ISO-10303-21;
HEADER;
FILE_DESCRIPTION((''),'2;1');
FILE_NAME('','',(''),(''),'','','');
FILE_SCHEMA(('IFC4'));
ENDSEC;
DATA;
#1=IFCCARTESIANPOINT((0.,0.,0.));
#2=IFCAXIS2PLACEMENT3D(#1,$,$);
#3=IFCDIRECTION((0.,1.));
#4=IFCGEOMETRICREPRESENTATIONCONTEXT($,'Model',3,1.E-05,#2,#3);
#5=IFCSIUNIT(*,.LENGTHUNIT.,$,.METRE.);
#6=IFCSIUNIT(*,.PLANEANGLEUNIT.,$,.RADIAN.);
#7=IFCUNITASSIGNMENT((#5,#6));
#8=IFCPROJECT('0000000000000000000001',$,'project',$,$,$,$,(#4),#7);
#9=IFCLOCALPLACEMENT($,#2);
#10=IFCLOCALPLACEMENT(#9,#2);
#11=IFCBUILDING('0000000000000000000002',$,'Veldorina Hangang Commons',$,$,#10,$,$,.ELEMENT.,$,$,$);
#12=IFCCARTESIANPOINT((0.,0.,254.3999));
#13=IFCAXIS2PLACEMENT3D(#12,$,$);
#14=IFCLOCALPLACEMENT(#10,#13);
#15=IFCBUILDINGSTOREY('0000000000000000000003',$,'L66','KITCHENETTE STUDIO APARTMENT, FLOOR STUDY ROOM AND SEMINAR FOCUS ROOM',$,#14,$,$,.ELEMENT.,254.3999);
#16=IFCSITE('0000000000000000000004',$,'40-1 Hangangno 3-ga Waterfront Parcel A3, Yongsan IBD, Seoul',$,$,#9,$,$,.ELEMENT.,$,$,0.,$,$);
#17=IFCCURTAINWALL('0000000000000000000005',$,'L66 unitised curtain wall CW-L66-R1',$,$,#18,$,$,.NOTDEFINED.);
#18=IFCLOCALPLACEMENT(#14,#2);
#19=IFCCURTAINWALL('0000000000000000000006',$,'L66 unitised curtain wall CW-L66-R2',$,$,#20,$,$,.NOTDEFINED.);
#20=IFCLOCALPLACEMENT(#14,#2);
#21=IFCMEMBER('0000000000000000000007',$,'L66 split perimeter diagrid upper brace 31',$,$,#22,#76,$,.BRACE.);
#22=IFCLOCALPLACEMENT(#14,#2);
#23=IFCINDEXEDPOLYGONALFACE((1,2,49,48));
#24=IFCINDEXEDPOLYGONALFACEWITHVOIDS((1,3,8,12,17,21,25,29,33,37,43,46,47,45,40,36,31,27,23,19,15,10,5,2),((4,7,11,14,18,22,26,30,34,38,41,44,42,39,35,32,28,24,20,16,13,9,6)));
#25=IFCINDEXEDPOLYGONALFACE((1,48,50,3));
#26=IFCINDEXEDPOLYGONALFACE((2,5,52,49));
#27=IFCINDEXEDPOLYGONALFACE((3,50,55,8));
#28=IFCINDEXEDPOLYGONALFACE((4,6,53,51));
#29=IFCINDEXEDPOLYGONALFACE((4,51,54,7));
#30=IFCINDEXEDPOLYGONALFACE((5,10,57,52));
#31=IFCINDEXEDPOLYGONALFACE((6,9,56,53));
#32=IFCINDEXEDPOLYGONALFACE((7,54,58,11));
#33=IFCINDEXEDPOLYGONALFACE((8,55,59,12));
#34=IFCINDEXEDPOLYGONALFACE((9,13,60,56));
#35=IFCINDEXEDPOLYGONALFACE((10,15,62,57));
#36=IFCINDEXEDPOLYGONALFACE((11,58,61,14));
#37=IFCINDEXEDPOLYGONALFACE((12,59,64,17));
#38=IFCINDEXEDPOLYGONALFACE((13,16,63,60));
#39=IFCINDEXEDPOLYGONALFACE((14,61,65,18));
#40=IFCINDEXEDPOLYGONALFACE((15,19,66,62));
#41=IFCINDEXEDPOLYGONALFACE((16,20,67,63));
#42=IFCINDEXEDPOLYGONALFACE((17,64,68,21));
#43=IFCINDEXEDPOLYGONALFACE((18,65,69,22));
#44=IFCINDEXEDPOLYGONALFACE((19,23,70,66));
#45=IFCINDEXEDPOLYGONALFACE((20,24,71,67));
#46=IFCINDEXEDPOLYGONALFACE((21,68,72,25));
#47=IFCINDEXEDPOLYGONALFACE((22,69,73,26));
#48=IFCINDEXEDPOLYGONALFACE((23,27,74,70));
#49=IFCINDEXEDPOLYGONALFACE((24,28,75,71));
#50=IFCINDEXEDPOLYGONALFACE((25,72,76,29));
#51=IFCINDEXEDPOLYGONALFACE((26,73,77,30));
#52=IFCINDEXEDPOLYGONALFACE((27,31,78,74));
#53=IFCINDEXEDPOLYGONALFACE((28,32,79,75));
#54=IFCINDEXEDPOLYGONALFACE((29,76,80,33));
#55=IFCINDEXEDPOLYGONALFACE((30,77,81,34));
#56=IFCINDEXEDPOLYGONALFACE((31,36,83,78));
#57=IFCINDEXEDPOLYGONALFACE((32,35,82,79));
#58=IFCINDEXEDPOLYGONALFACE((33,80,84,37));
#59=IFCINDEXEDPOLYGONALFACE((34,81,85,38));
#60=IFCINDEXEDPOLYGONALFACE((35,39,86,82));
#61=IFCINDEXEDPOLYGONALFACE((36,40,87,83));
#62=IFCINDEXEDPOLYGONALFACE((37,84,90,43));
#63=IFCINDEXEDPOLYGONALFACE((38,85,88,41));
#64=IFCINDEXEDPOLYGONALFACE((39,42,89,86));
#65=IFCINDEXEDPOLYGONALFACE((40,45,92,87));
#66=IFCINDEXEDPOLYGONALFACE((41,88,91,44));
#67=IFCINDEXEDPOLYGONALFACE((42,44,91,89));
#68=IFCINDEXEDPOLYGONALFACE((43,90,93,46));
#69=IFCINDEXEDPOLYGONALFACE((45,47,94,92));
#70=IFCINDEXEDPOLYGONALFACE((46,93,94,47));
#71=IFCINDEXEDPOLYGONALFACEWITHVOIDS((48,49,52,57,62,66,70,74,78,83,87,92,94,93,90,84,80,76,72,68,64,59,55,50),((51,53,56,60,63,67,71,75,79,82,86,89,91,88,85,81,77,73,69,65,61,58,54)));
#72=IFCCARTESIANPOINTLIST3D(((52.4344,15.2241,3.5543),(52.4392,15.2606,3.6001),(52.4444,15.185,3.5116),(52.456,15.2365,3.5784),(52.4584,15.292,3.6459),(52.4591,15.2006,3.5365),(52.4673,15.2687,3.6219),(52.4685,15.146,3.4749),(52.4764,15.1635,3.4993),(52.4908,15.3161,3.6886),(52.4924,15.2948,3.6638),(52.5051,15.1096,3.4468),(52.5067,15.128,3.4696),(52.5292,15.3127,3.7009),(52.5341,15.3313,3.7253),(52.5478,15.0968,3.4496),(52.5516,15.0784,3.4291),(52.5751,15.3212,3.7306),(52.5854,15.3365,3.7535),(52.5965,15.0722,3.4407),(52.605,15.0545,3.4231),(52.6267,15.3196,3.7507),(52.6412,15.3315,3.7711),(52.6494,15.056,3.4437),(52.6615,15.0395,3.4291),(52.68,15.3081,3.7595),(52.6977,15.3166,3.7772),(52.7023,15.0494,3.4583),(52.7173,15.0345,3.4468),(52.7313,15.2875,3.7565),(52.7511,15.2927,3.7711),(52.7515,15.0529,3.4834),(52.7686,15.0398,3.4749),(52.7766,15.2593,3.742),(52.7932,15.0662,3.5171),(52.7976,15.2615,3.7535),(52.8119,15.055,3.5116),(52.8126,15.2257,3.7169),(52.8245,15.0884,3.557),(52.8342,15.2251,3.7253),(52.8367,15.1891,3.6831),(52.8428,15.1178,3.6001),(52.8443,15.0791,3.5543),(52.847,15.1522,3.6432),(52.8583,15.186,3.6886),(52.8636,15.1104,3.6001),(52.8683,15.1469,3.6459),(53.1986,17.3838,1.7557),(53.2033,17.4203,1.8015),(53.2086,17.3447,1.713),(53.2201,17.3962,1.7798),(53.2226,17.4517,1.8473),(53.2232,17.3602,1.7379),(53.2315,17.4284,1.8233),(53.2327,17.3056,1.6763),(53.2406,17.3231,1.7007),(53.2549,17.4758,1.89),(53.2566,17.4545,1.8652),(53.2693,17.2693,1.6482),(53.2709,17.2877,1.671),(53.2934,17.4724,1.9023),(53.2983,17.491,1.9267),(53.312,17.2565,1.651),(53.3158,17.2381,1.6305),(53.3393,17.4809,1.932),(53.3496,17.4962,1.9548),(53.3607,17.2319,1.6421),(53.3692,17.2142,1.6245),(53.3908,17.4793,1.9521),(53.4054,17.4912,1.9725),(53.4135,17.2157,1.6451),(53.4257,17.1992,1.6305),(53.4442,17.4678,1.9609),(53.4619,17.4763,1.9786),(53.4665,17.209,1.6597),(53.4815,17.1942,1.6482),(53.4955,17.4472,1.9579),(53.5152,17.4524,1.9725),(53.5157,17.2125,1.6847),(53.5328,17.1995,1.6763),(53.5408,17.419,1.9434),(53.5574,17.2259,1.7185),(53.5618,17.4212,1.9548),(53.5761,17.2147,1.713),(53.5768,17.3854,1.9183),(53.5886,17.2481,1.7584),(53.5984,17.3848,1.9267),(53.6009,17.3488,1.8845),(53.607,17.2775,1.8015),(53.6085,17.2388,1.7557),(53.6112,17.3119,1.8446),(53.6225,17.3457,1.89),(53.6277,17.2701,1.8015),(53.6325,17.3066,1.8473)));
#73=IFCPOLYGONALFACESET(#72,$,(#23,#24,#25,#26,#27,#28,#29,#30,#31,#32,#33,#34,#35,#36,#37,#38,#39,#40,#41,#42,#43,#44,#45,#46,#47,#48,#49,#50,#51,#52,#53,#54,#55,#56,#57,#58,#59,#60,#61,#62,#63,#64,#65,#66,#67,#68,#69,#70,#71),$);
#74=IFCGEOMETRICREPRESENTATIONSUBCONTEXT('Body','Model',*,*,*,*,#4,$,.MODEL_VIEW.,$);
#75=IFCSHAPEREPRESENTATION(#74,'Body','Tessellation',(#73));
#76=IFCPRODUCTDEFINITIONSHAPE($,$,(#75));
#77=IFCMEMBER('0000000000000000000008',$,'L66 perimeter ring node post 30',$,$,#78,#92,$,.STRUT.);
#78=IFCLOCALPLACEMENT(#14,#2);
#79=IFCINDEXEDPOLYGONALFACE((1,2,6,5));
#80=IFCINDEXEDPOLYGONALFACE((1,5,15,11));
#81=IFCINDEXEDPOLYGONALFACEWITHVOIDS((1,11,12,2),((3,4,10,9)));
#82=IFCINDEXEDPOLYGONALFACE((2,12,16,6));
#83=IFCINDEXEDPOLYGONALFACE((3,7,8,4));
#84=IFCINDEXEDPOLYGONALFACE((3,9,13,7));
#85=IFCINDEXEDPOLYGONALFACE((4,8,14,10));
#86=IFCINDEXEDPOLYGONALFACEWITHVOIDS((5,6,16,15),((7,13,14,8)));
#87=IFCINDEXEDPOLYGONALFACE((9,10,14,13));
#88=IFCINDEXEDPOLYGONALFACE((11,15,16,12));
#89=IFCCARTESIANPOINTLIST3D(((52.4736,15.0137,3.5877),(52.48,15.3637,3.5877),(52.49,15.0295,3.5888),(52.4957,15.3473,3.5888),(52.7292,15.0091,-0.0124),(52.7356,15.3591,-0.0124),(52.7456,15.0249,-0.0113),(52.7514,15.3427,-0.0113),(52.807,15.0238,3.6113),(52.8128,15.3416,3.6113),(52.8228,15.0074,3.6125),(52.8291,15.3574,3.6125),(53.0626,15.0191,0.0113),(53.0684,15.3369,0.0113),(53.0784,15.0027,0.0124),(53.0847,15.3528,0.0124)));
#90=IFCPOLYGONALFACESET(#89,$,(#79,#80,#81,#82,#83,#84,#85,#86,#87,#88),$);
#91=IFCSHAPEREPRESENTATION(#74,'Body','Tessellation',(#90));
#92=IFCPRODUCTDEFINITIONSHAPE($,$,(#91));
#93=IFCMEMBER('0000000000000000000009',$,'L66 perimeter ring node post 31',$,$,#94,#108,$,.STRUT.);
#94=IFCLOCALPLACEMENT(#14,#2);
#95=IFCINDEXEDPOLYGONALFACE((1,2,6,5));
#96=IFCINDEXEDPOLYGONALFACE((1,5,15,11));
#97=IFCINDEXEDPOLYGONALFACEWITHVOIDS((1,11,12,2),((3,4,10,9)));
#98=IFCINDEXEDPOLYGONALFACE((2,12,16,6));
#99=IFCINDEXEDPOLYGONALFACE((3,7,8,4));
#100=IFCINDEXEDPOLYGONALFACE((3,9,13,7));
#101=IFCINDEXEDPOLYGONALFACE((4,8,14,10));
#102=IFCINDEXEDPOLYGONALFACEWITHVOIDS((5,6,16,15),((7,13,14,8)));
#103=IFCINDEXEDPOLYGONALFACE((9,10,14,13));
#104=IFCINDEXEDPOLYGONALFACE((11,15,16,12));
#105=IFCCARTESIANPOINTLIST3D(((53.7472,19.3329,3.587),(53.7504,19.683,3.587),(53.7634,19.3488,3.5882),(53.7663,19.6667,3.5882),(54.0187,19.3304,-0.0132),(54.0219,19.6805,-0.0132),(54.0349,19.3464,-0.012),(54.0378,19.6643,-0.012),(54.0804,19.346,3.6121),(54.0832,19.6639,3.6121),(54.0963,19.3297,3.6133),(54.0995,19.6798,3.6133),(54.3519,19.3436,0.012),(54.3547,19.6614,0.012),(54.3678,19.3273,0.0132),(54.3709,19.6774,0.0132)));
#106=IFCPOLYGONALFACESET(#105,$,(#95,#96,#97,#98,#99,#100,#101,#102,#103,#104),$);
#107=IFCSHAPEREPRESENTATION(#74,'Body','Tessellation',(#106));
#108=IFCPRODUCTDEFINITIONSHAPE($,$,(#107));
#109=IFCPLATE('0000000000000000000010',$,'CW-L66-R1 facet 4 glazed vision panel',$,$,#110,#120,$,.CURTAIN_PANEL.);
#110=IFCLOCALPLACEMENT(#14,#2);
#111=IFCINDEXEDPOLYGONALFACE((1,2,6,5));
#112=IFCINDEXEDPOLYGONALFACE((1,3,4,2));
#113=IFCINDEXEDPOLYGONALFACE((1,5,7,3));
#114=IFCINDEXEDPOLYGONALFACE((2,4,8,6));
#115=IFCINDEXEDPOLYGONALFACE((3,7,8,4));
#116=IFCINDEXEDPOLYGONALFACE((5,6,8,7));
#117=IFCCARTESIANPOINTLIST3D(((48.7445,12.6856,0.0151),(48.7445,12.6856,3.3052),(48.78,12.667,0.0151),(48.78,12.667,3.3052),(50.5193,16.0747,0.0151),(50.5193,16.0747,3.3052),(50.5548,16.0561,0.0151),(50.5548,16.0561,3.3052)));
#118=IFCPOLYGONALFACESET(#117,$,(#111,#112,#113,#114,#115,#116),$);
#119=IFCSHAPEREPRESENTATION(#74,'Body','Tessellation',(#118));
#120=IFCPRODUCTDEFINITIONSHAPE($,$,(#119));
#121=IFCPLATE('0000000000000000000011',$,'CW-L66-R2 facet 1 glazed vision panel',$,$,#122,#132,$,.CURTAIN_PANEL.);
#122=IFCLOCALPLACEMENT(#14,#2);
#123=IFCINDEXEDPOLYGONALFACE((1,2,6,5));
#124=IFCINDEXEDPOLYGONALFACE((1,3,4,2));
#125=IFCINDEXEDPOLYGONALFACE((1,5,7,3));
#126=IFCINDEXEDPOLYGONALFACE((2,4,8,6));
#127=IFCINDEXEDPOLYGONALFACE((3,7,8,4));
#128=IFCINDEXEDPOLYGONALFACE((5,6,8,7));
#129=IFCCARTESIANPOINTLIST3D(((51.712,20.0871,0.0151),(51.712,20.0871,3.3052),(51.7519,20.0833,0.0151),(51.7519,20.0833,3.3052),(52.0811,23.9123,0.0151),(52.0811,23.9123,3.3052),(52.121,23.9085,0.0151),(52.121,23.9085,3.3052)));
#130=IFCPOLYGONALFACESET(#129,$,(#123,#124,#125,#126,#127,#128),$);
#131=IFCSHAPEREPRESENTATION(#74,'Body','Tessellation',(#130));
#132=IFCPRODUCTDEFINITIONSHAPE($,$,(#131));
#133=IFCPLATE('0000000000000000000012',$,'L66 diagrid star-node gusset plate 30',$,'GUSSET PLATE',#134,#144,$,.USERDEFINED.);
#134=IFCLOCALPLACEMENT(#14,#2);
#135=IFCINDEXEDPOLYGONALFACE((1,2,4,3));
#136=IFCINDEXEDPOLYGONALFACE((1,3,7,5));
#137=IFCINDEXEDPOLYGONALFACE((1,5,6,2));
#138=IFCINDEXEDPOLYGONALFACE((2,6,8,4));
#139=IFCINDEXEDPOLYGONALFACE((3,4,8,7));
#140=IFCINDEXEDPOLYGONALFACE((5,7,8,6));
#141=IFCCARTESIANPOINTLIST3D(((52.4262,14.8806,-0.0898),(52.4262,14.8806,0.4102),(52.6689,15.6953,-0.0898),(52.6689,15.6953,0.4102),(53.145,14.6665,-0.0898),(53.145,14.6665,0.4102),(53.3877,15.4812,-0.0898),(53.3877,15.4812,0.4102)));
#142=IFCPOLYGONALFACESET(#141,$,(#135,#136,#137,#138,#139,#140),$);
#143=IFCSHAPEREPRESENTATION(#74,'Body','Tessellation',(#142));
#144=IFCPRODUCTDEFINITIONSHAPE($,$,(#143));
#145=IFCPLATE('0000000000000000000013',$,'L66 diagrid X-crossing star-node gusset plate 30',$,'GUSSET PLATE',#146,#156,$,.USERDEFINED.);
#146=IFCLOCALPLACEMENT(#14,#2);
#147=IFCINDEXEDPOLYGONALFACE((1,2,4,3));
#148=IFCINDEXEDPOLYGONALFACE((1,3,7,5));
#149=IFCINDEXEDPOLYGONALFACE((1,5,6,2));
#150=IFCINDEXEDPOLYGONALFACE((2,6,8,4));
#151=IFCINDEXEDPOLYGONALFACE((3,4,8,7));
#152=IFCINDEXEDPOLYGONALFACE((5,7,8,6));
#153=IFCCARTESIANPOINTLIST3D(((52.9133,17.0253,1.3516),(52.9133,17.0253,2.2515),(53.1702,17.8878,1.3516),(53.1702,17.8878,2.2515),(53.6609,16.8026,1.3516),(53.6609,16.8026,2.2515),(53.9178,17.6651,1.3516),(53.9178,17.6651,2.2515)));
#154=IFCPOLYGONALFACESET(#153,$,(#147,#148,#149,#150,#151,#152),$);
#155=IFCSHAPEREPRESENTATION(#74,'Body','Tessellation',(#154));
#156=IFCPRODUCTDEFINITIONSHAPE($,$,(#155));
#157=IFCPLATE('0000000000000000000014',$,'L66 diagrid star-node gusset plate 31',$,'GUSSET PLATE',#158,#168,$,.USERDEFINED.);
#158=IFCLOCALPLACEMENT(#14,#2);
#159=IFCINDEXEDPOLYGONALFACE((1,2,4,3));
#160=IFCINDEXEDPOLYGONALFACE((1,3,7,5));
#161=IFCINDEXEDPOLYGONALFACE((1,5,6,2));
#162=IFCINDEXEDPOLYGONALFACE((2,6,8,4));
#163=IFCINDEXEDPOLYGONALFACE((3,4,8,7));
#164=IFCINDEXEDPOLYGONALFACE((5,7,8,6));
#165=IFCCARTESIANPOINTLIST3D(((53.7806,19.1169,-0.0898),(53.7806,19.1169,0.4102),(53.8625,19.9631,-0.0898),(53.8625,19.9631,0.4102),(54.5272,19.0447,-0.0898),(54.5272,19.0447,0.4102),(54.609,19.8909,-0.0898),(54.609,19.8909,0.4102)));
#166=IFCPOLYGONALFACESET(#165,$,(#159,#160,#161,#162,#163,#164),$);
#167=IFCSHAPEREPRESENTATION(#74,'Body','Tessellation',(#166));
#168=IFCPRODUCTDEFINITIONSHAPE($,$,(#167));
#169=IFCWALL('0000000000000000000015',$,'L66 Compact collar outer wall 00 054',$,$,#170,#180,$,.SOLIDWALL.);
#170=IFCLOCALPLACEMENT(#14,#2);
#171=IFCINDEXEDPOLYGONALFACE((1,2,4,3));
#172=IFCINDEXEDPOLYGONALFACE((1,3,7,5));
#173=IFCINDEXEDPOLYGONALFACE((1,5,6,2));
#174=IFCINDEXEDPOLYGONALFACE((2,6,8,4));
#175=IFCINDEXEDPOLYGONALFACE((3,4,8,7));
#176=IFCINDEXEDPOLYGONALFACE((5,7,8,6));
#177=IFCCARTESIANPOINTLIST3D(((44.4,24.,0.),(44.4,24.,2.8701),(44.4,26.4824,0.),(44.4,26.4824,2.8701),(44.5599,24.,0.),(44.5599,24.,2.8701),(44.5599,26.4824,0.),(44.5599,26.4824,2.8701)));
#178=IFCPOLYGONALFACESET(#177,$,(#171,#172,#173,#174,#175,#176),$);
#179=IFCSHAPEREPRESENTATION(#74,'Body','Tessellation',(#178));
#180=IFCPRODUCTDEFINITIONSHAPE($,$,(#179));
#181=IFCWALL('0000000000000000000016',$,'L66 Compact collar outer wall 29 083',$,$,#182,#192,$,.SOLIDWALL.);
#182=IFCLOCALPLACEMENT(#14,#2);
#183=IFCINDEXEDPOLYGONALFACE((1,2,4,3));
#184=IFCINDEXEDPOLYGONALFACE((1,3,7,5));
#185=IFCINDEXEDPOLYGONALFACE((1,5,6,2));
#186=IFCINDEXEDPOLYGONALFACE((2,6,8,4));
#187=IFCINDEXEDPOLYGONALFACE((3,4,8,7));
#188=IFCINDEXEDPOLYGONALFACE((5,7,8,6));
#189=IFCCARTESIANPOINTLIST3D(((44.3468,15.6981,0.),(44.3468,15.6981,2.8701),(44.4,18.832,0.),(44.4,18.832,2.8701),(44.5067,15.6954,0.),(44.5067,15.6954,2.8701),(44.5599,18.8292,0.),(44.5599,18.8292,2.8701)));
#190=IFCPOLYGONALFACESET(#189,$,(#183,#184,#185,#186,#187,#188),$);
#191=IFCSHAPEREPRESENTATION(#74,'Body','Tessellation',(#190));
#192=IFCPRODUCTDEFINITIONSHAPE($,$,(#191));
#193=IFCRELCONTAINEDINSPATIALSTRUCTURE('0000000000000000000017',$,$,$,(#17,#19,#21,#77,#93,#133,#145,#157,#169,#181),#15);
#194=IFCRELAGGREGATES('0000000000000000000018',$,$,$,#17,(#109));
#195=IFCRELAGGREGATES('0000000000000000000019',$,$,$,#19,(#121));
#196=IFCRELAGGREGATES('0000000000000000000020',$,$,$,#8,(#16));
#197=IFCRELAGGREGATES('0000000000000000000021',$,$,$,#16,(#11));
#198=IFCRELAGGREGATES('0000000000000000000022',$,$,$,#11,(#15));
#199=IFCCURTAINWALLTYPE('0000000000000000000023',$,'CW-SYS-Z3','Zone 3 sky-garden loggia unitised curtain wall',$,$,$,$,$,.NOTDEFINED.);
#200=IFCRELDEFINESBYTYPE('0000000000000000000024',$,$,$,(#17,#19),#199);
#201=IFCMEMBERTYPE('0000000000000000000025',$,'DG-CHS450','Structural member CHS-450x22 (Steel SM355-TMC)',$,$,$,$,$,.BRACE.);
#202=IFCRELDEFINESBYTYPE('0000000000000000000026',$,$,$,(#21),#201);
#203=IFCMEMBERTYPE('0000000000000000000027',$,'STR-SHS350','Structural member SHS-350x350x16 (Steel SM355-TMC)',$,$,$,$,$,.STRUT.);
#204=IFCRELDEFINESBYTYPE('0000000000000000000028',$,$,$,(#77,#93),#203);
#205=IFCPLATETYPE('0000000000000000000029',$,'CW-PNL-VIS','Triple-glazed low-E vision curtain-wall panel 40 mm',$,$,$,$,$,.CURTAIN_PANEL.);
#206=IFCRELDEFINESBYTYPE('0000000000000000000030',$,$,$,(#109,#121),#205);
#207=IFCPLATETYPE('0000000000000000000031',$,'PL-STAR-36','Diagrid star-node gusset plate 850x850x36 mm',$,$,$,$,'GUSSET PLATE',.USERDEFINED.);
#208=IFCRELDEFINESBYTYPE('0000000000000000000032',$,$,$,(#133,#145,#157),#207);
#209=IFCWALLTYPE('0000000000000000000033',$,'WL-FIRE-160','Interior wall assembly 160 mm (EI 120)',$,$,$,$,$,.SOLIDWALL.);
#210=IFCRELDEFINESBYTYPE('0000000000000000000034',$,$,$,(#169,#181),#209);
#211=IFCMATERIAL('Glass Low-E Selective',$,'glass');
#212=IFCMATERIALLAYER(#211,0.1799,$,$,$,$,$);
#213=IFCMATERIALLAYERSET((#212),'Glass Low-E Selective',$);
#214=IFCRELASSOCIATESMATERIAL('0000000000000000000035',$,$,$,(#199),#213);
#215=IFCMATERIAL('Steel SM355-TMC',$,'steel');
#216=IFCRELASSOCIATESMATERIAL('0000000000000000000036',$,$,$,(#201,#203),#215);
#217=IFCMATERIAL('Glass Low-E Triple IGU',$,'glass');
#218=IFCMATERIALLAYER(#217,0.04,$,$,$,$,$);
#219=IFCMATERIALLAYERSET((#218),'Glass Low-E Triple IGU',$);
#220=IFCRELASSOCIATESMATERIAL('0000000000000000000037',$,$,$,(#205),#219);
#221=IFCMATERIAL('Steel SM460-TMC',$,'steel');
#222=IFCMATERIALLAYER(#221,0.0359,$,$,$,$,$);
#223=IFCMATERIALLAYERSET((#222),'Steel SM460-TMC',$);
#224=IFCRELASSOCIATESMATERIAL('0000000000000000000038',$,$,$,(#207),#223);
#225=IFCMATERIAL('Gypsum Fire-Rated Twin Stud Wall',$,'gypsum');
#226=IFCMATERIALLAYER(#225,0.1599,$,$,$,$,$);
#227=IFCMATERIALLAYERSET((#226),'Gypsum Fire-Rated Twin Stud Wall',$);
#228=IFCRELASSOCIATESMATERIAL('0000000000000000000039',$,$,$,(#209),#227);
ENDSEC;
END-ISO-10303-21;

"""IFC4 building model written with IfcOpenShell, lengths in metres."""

from ifc_helpers import new_model, si_unit, direction, frame, frame_2d, origin, origin_2d, place, context, subcontext, project, spatial, rectangle, hollow_rectangle, hollow_circle, extrude, material, layer, layer_set, material_profile, profile_set, type_object, element, aggregate, save


model = new_model("IFC4")

# Units and contexts
model_context = context("Model", 3, precision=1e-05, world=origin(), true_north=direction((0.0, 1.0)))
body_context = subcontext(model_context, "Body", "Model", "MODEL_VIEW")
ifc_project = project(units=[si_unit("LENGTHUNIT", "METRE"), si_unit("PLANEANGLEUNIT", "RADIAN")], contexts=[model_context])

# Site, building, storey
site_placement = place(None, origin())
site = spatial("IfcSite", under=ifc_project, at=site_placement, Name="40-1 Hangangno 3-ga Waterfront Parcel A3, Yongsan IBD, Seoul", CompositionType="ELEMENT", RefElevation=0.0)
building_placement = place(site_placement, origin())
building = spatial("IfcBuilding", under=site, at=building_placement, Name="Veldorina Hangang Commons", CompositionType="ELEMENT")
storey_placement = place(building_placement, frame((0.0, 0.0, 254.3999)))
storey = spatial("IfcBuildingStorey", under=building, at=storey_placement, Name="L66", Description="KITCHENETTE STUDIO APARTMENT, FLOOR STUDY ROOM AND SEMINAR FOCUS ROOM", CompositionType="ELEMENT", Elevation=254.3999)

# Shared definitions
ifc_material_1 = material(Name="Steel SM355-TMC", Category="steel")

# Curtain wall
ifc_material_2 = material(Name="Glass Low-E Selective", Category="glass")
ifc_layer_1 = layer(ifc_material_2, 0.1799)
ifc_layer_set_1 = layer_set([ifc_layer_1], Name="Glass Low-E Selective")
curtain_wall_type = type_object("IfcCurtainWallType", Name="CW-SYS-Z3", Description="Zone 3 sky-garden loggia unitised curtain wall", PredefinedType="NOTDEFINED", material=ifc_layer_set_1)
curtain_wall_1_placement = place(storey_placement, origin())
curtain_wall_1 = element("IfcCurtainWall", 1, at=curtain_wall_1_placement, inside=storey, type_object=curtain_wall_type, Name="L66 unitised curtain wall CW-L66-R1", PredefinedType="NOTDEFINED")

# Curtain wall
curtain_wall_2_placement = place(storey_placement, origin())
curtain_wall_2 = element("IfcCurtainWall", 2, at=curtain_wall_2_placement, inside=storey, type_object=curtain_wall_type, Name="L66 unitised curtain wall CW-L66-R2", PredefinedType="NOTDEFINED")

# Members
ifc_material_profile_1 = material_profile(ifc_material_1, hollow_circle(Radius=0.2251, WallThickness=0.022, at=origin_2d()), Name="CHS-450x22")
ifc_profile_set_1 = profile_set([ifc_material_profile_1], Name="Steel SM355-TMC")
member_type_1 = type_object("IfcMemberType", Name="DG-CHS450", Description="Structural member CHS-450x22 (Steel SM355-TMC)", PredefinedType="BRACE", material=ifc_profile_set_1)
member_1_placement = place(storey_placement, frame((53.4155, 17.3452, 1.8015), z_axis=(-0.262367, -0.741501, 0.617527), x_axis=(0.942726, -0.333567, 0.0)))
element("IfcMember", 3, at=member_1_placement, inside=storey, type_object=member_type_1, Name="L66 split perimeter diagrid upper brace 31", PredefinedType="BRACE", context=body_context, shape_type="SweptSolid", body=[
    extrude(hollow_circle(Radius=0.2251, WallThickness=0.022, at=origin_2d()), origin(), (0.0, 0.0, 1.0), 2.9126),
])
ifc_material_profile_2 = material_profile(ifc_material_1, hollow_rectangle(XDim=0.3501, YDim=0.3501, WallThickness=0.0161, at=origin_2d()), Name="SHS-350x350x16")
ifc_profile_set_2 = profile_set([ifc_material_profile_2], Name="Steel SM355-TMC")
member_type_2 = type_object("IfcMemberType", Name="STR-SHS350", Description="Structural member SHS-350x350x16 (Steel SM355-TMC)", PredefinedType="STRUT", material=ifc_profile_set_2)
member_2_placement = place(storey_placement, frame((52.907, 15.1809, 0.0), z_axis=(-0.070824, 0.001285, 0.997488), x_axis=(-0.018144, -0.999835, 0.0)))
element("IfcMember", 4, at=member_2_placement, inside=storey, type_object=member_type_2, Name="L66 perimeter ring node post 30", PredefinedType="STRUT", context=body_context, shape_type="SweptSolid", body=[
    extrude(hollow_rectangle(XDim=0.3501, YDim=0.3501, WallThickness=0.0161, at=origin_2d()), origin(), (0.0, 0.0, 1.0), 3.6091),
])
member_3_placement = place(storey_placement, frame((54.1948, 19.5039, 0.0), z_axis=(-0.075197, 0.000676, 0.997168), x_axis=(-0.008992, -0.99996, 0.0)))
element("IfcMember", 5, at=member_3_placement, inside=storey, type_object=member_type_2, Name="L66 perimeter ring node post 31", PredefinedType="STRUT", context=body_context, shape_type="SweptSolid", body=[
    extrude(hollow_rectangle(XDim=0.3501, YDim=0.3501, WallThickness=0.0161, at=origin_2d()), origin(), (0.0, 0.0, 1.0), 3.6104),
])

# Plates
ifc_material_3 = material(Name="Glass Low-E Triple IGU", Category="glass")
ifc_layer_2 = layer(ifc_material_3, 0.04)
ifc_layer_set_2 = layer_set([ifc_layer_2], Name="Glass Low-E Triple IGU")
plate_type_1 = type_object("IfcPlateType", Name="CW-PNL-VIS", Description="Triple-glazed low-E vision curtain-wall panel 40 mm", PredefinedType="CURTAIN_PANEL", material=ifc_layer_set_2)
plate_1_placement = place(storey_placement, frame((49.6497, 14.3708, 0.0151), z_axis=(0.0, 0.0, 1.0), x_axis=(0.463915, 0.88588, 0.0)))
plate_1 = element("IfcPlate", 6, at=plate_1_placement, type_object=plate_type_1, Name="CW-L66-R1 facet 4 glazed vision panel", PredefinedType="CURTAIN_PANEL", context=body_context, shape_type="SweptSolid", body=[
    extrude(rectangle(XDim=3.8257, YDim=0.04, at=origin_2d()), origin(), (0.0, 0.0, 1.0), 3.29),
])
aggregate(curtain_wall_1, [plate_1])
plate_2_placement = place(storey_placement, frame((51.9165, 21.9978, 0.0151), z_axis=(0.0, 0.0, 1.0), x_axis=(0.096054, 0.995376, 0.0)))
plate_2 = element("IfcPlate", 7, at=plate_2_placement, type_object=plate_type_1, Name="CW-L66-R2 facet 1 glazed vision panel", PredefinedType="CURTAIN_PANEL", context=body_context, shape_type="SweptSolid", body=[
    extrude(rectangle(XDim=3.843, YDim=0.04, at=origin_2d()), origin(), (0.0, 0.0, 1.0), 3.29),
])
aggregate(curtain_wall_2, [plate_2])

# Plates
ifc_material_4 = material(Name="Steel SM460-TMC", Category="steel")
ifc_layer_3 = layer(ifc_material_4, 0.0359)
ifc_layer_set_3 = layer_set([ifc_layer_3], Name="Steel SM460-TMC")
plate_type_2 = type_object("IfcPlateType", Name="PL-STAR-36", Description="Diagrid star-node gusset plate 850x850x36 mm", ElementType="GUSSET PLATE", PredefinedType="USERDEFINED", material=ifc_layer_set_3)
plate_3_placement = place(storey_placement, frame((52.907, 15.1809, -0.0898), z_axis=(0.0, 0.0, 1.0), x_axis=(0.285488, 0.958382, 0.0)))
element("IfcPlate", 8, at=plate_3_placement, inside=storey, type_object=plate_type_2, Name="L66 diagrid star-node gusset plate 30", ObjectType="GUSSET PLATE", PredefinedType="USERDEFINED", context=body_context, shape_type="SweptSolid", body=[
    extrude(rectangle(XDim=0.8501, YDim=0.75, at=origin_2d()), origin(), (0.0, 0.0, 1.0), 0.5),
])
plate_4_placement = place(storey_placement, frame((53.4155, 17.3452, 1.3516), z_axis=(0.0, 0.0, 1.0), x_axis=(0.285488, 0.958382, 0.0)))
element("IfcPlate", 9, at=plate_4_placement, inside=storey, type_object=plate_type_2, Name="L66 diagrid X-crossing star-node gusset plate 30", ObjectType="GUSSET PLATE", PredefinedType="USERDEFINED", context=body_context, shape_type="SweptSolid", body=[
    extrude(rectangle(XDim=0.8999, YDim=0.78, at=origin_2d()), origin(), (0.0, 0.0, 1.0), 0.8999),
])
plate_5_placement = place(storey_placement, frame((54.1948, 19.5039, -0.0898), z_axis=(0.0, 0.0, 1.0), x_axis=(0.096263, 0.995356, 0.0)))
element("IfcPlate", 10, at=plate_5_placement, inside=storey, type_object=plate_type_2, Name="L66 diagrid star-node gusset plate 31", ObjectType="GUSSET PLATE", PredefinedType="USERDEFINED", context=body_context, shape_type="SweptSolid", body=[
    extrude(rectangle(XDim=0.8501, YDim=0.75, at=origin_2d()), origin(), (0.0, 0.0, 1.0), 0.5),
])

# Walls
ifc_material_5 = material(Name="Gypsum Fire-Rated Twin Stud Wall", Category="gypsum")
ifc_layer_4 = layer(ifc_material_5, 0.1599)
ifc_layer_set_4 = layer_set([ifc_layer_4], Name="Gypsum Fire-Rated Twin Stud Wall")
wall_type_1 = type_object("IfcWallType", Name="WL-FIRE-160", Description="Interior wall assembly 160 mm (EI 120)", PredefinedType="SOLIDWALL", material=ifc_layer_set_4)
wall_1_placement = place(storey_placement, frame((44.48, 24.0, 0.0), z_axis=(0.0, 0.0, 1.0), x_axis=(0.0, 1.0, 0.0)))
element("IfcWall", 11, at=wall_1_placement, inside=storey, type_object=wall_type_1, Name="L66 Compact collar outer wall 00 054", PredefinedType="SOLIDWALL", context=body_context, shape_type="SweptSolid", body=[
    extrude(rectangle(XDim=2.4824, YDim=0.1599, at=frame_2d((1.2412, 0.0))), origin(), (0.0, 0.0, 1.0), 2.8701),
])
wall_2_placement = place(storey_placement, frame((44.4268, 15.6968, 0.0), z_axis=(0.0, 0.0, 1.0), x_axis=(0.016981, 0.999856, 0.0)))
element("IfcWall", 12, at=wall_2_placement, inside=storey, type_object=wall_type_1, Name="L66 Compact collar outer wall 29 083", PredefinedType="SOLIDWALL", context=body_context, shape_type="SweptSolid", body=[
    extrude(rectangle(XDim=3.1343, YDim=0.1599, at=frame_2d((1.5671, 0.0))), origin(), (0.0, 0.0, 1.0), 2.8701),
])

save(model, "model.ifc")
